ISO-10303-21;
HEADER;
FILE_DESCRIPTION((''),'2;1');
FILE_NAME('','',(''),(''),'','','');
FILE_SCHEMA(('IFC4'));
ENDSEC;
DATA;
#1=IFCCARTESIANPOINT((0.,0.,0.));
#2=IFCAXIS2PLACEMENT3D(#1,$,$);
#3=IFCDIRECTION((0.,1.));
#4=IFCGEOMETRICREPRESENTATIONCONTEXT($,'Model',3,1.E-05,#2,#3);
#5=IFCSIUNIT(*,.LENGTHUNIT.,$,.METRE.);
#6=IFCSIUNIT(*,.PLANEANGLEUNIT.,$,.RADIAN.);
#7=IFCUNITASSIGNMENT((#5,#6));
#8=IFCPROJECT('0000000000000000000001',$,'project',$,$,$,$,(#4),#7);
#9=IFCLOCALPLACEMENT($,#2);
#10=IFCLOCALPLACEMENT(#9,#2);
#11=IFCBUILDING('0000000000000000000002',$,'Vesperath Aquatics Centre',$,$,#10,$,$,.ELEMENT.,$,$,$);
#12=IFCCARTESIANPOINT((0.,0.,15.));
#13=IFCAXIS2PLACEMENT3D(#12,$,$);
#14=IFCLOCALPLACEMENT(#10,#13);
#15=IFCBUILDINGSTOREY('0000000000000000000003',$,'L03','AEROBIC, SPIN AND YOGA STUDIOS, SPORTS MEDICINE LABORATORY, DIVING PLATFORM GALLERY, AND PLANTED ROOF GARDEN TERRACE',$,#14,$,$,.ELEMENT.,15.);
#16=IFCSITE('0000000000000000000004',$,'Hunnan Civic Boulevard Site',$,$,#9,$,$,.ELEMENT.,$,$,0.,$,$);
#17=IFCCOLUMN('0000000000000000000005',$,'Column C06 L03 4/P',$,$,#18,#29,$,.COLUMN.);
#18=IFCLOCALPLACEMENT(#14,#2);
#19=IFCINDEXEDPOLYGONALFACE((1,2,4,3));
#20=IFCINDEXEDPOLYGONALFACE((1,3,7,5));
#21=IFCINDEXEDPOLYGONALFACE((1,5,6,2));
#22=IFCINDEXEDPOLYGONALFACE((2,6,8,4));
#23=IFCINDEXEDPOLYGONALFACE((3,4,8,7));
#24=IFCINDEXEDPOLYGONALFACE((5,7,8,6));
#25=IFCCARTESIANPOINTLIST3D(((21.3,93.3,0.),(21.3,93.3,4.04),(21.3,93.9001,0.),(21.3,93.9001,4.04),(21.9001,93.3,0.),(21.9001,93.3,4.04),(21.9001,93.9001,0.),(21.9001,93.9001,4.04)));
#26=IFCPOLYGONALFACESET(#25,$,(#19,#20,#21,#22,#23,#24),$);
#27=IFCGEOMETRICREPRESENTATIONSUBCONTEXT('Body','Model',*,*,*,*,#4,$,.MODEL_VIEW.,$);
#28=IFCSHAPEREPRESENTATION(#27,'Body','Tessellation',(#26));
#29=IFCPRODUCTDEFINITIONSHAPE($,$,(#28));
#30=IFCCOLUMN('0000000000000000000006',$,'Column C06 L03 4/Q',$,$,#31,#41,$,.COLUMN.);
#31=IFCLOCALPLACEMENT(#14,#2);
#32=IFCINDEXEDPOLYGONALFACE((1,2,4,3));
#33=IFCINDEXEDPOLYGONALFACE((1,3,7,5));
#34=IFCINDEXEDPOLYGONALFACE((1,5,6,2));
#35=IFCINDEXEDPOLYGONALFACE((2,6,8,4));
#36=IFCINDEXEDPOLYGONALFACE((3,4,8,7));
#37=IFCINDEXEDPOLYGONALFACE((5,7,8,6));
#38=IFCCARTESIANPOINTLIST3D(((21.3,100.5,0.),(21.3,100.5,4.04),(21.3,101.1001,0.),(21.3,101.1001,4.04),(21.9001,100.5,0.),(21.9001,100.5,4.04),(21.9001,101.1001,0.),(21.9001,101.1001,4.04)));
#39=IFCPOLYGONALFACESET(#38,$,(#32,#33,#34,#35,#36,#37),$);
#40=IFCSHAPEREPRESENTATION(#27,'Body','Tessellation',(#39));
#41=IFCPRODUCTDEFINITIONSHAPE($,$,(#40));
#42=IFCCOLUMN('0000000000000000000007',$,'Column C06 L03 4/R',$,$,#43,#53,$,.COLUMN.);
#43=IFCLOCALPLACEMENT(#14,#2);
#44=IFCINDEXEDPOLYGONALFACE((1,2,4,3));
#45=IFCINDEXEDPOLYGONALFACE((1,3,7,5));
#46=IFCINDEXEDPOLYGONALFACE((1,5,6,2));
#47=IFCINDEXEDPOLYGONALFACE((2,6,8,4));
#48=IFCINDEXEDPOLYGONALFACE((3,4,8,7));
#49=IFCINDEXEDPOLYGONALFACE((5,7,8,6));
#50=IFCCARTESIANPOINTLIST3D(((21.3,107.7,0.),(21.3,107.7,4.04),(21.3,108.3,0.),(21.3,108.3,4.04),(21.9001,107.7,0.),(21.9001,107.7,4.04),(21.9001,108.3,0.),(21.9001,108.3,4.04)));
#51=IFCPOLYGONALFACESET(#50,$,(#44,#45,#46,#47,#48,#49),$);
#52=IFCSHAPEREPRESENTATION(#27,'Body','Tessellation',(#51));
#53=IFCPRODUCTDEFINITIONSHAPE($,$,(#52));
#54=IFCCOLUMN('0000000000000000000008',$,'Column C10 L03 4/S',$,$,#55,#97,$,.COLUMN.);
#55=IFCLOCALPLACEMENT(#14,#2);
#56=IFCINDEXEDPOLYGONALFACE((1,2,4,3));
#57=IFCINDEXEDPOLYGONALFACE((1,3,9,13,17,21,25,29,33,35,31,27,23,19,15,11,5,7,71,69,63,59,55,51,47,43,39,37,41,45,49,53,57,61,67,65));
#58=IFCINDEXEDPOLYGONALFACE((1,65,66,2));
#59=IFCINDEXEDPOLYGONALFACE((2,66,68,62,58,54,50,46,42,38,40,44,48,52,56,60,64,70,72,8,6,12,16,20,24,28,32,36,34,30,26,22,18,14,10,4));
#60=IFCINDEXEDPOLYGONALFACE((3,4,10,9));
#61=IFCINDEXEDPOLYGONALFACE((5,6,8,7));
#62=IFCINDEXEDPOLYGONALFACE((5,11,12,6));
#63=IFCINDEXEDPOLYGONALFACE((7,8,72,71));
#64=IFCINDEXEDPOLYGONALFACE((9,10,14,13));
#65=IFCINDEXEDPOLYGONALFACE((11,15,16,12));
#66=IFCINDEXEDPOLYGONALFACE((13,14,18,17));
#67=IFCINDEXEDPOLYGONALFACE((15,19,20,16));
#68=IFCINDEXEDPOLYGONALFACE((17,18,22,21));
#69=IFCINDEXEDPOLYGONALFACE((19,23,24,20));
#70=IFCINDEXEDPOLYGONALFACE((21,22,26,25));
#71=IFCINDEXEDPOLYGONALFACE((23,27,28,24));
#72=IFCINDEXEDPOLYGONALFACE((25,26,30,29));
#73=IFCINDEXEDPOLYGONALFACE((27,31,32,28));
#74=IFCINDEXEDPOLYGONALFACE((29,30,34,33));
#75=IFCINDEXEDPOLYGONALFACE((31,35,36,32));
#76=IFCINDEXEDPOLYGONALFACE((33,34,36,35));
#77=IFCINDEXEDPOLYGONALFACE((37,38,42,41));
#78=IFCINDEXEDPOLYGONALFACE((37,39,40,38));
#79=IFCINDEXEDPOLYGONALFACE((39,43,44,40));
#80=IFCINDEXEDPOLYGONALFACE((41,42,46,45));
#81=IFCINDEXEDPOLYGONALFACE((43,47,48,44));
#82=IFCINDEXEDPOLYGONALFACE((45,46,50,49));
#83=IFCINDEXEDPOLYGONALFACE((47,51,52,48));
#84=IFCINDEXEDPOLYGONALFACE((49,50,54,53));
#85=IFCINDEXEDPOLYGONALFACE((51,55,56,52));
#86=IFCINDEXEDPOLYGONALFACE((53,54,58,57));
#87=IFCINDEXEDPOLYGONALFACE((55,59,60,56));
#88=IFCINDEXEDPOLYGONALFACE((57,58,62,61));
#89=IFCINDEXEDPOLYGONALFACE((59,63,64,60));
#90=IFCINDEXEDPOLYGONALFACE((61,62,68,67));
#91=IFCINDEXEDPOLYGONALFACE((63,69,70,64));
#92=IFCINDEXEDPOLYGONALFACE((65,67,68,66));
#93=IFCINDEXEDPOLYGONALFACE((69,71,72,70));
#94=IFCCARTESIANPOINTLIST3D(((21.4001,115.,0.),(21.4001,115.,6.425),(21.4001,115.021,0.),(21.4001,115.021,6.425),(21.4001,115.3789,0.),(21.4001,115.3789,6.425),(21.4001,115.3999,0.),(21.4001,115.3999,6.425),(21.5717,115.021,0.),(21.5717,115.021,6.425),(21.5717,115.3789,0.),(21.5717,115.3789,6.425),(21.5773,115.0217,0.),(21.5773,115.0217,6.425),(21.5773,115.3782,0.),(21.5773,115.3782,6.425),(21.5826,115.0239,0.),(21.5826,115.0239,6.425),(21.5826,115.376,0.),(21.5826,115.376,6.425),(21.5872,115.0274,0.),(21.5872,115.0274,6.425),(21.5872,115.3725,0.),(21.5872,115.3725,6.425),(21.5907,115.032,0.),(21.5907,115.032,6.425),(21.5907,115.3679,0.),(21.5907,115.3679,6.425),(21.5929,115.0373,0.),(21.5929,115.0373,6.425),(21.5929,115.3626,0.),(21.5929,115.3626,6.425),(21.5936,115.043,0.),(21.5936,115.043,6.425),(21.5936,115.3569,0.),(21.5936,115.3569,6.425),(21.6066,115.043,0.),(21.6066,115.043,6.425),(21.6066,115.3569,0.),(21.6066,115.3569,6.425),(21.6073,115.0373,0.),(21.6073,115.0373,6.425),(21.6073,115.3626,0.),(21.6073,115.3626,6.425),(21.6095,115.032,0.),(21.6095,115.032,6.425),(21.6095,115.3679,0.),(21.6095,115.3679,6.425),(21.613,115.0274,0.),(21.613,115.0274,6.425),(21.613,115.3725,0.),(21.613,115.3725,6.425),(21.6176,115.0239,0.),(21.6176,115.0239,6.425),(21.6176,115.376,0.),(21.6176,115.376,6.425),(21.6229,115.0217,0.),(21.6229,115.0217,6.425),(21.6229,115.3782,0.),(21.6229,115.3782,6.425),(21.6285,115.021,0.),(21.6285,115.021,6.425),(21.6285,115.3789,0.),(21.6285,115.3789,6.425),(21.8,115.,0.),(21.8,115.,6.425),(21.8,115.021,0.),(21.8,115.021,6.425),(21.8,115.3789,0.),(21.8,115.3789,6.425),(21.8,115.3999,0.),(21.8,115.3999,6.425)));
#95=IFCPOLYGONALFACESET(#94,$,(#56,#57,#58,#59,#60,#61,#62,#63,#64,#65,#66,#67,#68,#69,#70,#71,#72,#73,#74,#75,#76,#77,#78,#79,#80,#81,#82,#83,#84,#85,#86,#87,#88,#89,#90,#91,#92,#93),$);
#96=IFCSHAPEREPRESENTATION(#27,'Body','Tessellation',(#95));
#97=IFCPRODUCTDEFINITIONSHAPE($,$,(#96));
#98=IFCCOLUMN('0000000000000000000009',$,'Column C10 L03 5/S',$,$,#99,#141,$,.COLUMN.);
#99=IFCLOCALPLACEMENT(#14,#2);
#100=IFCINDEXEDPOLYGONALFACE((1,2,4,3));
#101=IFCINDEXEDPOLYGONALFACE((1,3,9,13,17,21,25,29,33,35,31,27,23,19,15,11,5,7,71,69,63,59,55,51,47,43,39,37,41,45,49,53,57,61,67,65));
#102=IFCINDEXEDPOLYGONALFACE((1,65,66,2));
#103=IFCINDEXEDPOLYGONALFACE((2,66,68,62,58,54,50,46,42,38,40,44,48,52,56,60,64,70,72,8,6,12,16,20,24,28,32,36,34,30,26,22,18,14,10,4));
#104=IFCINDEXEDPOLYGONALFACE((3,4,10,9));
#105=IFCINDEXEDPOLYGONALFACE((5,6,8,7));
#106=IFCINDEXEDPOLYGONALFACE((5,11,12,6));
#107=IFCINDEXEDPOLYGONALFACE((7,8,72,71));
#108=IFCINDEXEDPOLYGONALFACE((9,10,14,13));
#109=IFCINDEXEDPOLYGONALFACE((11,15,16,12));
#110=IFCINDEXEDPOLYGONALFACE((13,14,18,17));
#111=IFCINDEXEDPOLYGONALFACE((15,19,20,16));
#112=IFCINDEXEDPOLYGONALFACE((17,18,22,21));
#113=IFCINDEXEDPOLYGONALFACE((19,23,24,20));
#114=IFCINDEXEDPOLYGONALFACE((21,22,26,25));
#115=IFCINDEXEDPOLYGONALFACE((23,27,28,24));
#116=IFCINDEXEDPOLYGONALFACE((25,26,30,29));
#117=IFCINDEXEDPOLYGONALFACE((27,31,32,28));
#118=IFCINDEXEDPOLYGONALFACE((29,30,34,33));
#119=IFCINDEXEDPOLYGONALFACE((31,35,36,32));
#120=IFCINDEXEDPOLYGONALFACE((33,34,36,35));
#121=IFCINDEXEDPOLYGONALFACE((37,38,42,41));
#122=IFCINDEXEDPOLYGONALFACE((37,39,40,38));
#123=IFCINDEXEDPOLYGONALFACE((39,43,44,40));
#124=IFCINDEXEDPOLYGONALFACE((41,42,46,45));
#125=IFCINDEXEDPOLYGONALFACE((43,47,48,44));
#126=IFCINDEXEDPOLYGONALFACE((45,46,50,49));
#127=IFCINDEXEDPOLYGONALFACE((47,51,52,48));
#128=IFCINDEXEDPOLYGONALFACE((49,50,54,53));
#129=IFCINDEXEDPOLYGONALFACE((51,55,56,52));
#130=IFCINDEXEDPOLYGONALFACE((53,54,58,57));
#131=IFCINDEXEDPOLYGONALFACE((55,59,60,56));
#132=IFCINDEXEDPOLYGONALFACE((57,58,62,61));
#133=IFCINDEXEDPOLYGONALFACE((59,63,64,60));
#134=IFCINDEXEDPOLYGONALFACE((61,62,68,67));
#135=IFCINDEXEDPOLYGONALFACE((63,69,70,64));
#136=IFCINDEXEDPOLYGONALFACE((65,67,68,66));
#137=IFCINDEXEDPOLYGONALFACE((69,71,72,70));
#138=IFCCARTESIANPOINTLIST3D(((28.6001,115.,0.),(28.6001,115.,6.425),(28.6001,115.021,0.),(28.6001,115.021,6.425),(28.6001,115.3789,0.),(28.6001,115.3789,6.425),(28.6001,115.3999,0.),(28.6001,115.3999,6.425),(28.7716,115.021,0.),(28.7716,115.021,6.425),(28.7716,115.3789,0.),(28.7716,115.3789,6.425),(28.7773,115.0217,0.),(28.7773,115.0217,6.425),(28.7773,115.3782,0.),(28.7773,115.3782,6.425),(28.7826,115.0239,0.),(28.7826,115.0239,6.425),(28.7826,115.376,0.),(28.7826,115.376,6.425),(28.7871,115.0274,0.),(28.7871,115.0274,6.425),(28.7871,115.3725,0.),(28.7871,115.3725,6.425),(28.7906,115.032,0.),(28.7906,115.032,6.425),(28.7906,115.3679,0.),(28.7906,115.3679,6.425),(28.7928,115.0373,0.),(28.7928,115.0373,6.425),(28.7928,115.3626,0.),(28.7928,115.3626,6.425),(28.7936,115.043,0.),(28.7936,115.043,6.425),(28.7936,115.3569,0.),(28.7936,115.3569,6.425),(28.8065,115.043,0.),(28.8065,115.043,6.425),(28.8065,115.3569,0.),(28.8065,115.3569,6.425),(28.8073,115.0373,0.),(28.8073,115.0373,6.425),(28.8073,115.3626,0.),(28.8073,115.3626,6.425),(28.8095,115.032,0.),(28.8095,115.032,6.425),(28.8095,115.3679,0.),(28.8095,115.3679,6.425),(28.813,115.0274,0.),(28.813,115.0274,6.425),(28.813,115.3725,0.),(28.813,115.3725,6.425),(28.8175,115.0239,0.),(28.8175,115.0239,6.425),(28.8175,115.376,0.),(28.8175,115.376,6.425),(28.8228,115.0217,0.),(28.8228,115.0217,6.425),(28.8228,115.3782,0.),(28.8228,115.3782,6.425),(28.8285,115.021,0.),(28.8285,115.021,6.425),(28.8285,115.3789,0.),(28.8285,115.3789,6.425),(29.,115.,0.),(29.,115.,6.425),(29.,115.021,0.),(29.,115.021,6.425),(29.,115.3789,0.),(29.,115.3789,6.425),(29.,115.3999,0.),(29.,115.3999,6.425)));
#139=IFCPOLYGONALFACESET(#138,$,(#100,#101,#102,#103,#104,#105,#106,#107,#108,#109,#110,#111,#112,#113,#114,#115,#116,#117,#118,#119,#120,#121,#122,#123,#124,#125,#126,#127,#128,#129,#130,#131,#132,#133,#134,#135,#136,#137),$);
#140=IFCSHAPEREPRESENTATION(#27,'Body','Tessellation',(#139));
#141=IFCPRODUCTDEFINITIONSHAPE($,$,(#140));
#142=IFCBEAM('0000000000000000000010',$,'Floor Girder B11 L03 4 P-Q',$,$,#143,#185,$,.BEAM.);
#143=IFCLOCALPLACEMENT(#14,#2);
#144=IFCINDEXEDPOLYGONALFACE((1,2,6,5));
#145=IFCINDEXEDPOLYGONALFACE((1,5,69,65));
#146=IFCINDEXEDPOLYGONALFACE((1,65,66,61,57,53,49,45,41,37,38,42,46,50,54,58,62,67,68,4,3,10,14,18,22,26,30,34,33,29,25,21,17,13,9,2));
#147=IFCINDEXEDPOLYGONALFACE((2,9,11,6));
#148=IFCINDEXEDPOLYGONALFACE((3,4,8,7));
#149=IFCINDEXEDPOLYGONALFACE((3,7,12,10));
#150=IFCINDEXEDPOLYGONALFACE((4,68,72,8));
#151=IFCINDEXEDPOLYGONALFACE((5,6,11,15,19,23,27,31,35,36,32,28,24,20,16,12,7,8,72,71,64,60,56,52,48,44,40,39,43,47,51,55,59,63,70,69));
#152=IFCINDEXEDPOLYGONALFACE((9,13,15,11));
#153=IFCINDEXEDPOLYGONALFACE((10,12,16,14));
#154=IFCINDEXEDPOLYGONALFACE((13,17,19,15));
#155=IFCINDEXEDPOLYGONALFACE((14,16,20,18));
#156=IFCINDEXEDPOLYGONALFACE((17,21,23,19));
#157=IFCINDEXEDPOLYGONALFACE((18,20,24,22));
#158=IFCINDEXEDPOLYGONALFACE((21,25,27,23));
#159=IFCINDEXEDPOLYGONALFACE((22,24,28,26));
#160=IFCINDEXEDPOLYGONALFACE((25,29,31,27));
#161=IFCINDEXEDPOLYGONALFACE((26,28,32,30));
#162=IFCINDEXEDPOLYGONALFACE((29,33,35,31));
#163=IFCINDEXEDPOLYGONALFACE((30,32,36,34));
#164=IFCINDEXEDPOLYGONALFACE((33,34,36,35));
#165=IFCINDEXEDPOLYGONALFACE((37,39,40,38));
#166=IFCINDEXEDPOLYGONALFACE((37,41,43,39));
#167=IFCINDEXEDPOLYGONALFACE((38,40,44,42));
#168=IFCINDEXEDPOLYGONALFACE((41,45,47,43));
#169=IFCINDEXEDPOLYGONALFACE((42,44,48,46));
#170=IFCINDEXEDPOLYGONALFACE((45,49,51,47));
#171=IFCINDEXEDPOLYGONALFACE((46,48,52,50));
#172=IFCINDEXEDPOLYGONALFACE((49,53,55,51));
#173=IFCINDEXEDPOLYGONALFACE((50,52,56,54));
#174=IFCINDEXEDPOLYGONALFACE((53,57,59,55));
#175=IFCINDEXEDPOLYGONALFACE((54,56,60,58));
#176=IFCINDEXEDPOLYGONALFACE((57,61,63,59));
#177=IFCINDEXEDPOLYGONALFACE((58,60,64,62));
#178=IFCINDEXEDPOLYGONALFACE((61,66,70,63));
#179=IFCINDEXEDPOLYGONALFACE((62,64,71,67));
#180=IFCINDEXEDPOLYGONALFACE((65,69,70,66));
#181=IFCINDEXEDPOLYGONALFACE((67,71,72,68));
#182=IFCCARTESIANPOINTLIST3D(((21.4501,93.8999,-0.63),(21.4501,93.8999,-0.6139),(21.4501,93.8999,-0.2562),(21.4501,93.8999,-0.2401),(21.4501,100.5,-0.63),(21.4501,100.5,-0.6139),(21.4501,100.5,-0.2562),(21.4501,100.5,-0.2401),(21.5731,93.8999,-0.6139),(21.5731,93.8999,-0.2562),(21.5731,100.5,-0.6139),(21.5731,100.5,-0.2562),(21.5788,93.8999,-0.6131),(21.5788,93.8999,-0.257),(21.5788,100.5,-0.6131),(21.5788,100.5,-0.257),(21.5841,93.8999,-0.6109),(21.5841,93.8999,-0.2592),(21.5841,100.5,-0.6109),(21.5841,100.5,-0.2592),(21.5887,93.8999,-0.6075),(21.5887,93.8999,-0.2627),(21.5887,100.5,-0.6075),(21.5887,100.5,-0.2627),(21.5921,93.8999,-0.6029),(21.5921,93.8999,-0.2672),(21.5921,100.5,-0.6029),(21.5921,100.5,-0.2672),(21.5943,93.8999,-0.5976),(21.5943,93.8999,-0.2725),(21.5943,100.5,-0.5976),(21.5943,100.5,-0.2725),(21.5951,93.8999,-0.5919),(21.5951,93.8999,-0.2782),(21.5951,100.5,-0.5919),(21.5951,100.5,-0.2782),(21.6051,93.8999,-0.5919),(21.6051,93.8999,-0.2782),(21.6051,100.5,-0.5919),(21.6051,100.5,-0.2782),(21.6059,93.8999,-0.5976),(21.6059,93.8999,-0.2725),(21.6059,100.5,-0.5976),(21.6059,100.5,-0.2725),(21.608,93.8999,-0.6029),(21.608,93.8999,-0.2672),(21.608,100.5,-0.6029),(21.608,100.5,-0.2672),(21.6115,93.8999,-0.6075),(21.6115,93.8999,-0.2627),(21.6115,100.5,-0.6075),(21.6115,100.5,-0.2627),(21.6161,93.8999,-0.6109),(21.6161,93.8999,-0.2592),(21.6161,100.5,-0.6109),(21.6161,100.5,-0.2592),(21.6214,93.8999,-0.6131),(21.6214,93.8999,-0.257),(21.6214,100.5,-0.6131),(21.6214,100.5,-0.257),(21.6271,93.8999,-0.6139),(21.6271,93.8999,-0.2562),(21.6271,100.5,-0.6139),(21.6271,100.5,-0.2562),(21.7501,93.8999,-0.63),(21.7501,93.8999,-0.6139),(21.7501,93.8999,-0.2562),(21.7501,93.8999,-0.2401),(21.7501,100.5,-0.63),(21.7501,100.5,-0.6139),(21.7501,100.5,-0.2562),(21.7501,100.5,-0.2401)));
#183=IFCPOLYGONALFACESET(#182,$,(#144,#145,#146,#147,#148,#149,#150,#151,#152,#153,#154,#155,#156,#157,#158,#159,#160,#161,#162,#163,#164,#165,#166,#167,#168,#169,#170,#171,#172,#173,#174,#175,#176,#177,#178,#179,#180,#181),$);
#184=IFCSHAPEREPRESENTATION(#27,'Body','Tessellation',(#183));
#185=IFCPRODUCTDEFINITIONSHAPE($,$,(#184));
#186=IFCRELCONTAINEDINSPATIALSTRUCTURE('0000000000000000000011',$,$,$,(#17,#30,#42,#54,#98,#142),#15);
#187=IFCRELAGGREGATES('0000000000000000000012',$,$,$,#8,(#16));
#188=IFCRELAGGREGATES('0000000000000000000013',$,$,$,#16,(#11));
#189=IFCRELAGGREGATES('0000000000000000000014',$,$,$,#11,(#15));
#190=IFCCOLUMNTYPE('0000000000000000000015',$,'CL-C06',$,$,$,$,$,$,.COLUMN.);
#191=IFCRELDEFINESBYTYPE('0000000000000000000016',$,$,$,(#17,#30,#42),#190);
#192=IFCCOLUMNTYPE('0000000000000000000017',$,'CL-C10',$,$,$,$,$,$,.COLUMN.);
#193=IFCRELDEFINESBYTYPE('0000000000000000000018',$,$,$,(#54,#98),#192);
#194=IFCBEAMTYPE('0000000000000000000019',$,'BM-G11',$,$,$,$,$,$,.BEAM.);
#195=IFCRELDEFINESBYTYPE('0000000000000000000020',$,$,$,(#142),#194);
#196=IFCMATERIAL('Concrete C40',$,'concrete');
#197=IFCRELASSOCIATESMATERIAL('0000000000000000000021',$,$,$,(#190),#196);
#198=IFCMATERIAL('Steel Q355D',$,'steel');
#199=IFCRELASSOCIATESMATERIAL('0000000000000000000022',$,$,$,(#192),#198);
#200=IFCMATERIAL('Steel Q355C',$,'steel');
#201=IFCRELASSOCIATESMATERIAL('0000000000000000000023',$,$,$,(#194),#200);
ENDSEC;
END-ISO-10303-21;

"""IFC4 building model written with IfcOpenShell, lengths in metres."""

from ifc_helpers import new_model, si_unit, direction, frame, origin, origin_2d, place, context, subcontext, project, spatial, rectangle, i_section, extrude, material, material_profile, profile_set, type_object, element, save


model = new_model("IFC4")

# Units and contexts
model_context = context("Model", 3, precision=1e-05, world=origin(), true_north=direction((0.0, 1.0)))
body_context = subcontext(model_context, "Body", "Model", "MODEL_VIEW")
ifc_project = project(units=[si_unit("LENGTHUNIT", "METRE"), si_unit("PLANEANGLEUNIT", "RADIAN")], contexts=[model_context])

# Site, building, storey
site_placement = place(None, origin())
site = spatial("IfcSite", under=ifc_project, at=site_placement, Name="Hunnan Civic Boulevard Site", CompositionType="ELEMENT", RefElevation=0.0)
building_placement = place(site_placement, origin())
building = spatial("IfcBuilding", under=site, at=building_placement, Name="Vesperath Aquatics Centre", CompositionType="ELEMENT")
storey_placement = place(building_placement, frame((0.0, 0.0, 15.0)))
storey = spatial("IfcBuildingStorey", under=building, at=storey_placement, Name="L03", Description="AEROBIC, SPIN AND YOGA STUDIOS, SPORTS MEDICINE LABORATORY, DIVING PLATFORM GALLERY, AND PLANTED ROOF GARDEN TERRACE", CompositionType="ELEMENT", Elevation=15.0)

# Columns
ifc_material_1 = material(Name="Concrete C40", Category="concrete")
ifc_material_profile_1 = material_profile(ifc_material_1, rectangle(XDim=0.6001, YDim=0.6001, at=origin_2d()), Name="RC 600x600")
ifc_profile_set_1 = profile_set([ifc_material_profile_1], Name="Concrete C40")
column_type_1 = type_object("IfcColumnType", Name="CL-C06", PredefinedType="COLUMN", material=ifc_profile_set_1)
for number, where, z_axis, x_axis, name in (
    (1, (21.6001, 93.6001, 0.0), (0.0, 0.0, 1.0), (1.0, 0.0, 0.0), "Column C06 L03 4/P"),
    (2, (21.6001, 100.8, 0.0), (0.0, 0.0, 1.0), (1.0, 0.0, 0.0), "Column C06 L03 4/Q"),
    (3, (21.6001, 108.0, 0.0), (0.0, 0.0, 1.0), (1.0, 0.0, 0.0), "Column C06 L03 4/R"),
):
    element("IfcColumn", number, at=place(storey_placement, frame(where, z_axis=z_axis, x_axis=x_axis)), inside=storey, type_object=column_type_1, Name=name, PredefinedType="COLUMN", context=body_context, shape_type="SweptSolid", body=[
        extrude(rectangle(XDim=0.6001, YDim=0.6001, at=origin_2d()), origin(), (0.0, 0.0, 1.0), 4.04),
    ])
ifc_material_2 = material(Name="Steel Q355D", Category="steel")
ifc_material_profile_2 = material_profile(ifc_material_2, i_section(OverallWidth=0.3999, OverallDepth=0.3999, WebThickness=0.0129, FlangeThickness=0.021, FilletRadius=0.022, at=origin_2d()), Name="HW 400x400x13x21")
ifc_profile_set_2 = profile_set([ifc_material_profile_2], Name="Steel Q355D")
column_type_2 = type_object("IfcColumnType", Name="CL-C10", PredefinedType="COLUMN", material=ifc_profile_set_2)
for number, where, z_axis, x_axis, name in (
    (4, (21.6001, 115.2, 0.0), (0.0, 0.0, 1.0), (1.0, 0.0, 0.0), "Column C10 L03 4/S"),
    (5, (28.8, 115.2, 0.0), (0.0, 0.0, 1.0), (1.0, 0.0, 0.0), "Column C10 L03 5/S"),
):
    element("IfcColumn", number, at=place(storey_placement, frame(where, z_axis=z_axis, x_axis=x_axis)), inside=storey, type_object=column_type_2, Name=name, PredefinedType="COLUMN", context=body_context, shape_type="SweptSolid", body=[
        extrude(i_section(OverallWidth=0.3999, OverallDepth=0.3999, WebThickness=0.0129, FlangeThickness=0.021, FilletRadius=0.022, at=origin_2d()), origin(), (0.0, 0.0, 1.0), 6.425),
    ])

# Beam
ifc_material_3 = material(Name="Steel Q355C", Category="steel")
ifc_material_profile_3 = material_profile(ifc_material_3, i_section(OverallWidth=0.3, OverallDepth=0.3899, WebThickness=0.01, FlangeThickness=0.0161, FilletRadius=0.022, at=origin_2d()), Name="HM 390x300x10x16")
ifc_profile_set_3 = profile_set([ifc_material_profile_3], Name="Steel Q355C")
beam_type = type_object("IfcBeamType", Name="BM-G11", PredefinedType="BEAM", material=ifc_profile_set_3)
beam_1_placement = place(storey_placement, frame((21.6001, 93.8999, -0.4351), z_axis=(0.0, 1.0, 0.0), x_axis=(-1.0, 0.0, 0.0)))
element("IfcBeam", 6, at=beam_1_placement, inside=storey, type_object=beam_type, Name="Floor Girder B11 L03 4 P-Q", PredefinedType="BEAM", context=body_context, shape_type="SweptSolid", body=[
    extrude(i_section(OverallWidth=0.3, OverallDepth=0.3899, WebThickness=0.01, FlangeThickness=0.0161, FilletRadius=0.022, at=origin_2d()), origin(), (0.0, 0.0, 1.0), 6.6001),
])

save(model, "model.ifc")
